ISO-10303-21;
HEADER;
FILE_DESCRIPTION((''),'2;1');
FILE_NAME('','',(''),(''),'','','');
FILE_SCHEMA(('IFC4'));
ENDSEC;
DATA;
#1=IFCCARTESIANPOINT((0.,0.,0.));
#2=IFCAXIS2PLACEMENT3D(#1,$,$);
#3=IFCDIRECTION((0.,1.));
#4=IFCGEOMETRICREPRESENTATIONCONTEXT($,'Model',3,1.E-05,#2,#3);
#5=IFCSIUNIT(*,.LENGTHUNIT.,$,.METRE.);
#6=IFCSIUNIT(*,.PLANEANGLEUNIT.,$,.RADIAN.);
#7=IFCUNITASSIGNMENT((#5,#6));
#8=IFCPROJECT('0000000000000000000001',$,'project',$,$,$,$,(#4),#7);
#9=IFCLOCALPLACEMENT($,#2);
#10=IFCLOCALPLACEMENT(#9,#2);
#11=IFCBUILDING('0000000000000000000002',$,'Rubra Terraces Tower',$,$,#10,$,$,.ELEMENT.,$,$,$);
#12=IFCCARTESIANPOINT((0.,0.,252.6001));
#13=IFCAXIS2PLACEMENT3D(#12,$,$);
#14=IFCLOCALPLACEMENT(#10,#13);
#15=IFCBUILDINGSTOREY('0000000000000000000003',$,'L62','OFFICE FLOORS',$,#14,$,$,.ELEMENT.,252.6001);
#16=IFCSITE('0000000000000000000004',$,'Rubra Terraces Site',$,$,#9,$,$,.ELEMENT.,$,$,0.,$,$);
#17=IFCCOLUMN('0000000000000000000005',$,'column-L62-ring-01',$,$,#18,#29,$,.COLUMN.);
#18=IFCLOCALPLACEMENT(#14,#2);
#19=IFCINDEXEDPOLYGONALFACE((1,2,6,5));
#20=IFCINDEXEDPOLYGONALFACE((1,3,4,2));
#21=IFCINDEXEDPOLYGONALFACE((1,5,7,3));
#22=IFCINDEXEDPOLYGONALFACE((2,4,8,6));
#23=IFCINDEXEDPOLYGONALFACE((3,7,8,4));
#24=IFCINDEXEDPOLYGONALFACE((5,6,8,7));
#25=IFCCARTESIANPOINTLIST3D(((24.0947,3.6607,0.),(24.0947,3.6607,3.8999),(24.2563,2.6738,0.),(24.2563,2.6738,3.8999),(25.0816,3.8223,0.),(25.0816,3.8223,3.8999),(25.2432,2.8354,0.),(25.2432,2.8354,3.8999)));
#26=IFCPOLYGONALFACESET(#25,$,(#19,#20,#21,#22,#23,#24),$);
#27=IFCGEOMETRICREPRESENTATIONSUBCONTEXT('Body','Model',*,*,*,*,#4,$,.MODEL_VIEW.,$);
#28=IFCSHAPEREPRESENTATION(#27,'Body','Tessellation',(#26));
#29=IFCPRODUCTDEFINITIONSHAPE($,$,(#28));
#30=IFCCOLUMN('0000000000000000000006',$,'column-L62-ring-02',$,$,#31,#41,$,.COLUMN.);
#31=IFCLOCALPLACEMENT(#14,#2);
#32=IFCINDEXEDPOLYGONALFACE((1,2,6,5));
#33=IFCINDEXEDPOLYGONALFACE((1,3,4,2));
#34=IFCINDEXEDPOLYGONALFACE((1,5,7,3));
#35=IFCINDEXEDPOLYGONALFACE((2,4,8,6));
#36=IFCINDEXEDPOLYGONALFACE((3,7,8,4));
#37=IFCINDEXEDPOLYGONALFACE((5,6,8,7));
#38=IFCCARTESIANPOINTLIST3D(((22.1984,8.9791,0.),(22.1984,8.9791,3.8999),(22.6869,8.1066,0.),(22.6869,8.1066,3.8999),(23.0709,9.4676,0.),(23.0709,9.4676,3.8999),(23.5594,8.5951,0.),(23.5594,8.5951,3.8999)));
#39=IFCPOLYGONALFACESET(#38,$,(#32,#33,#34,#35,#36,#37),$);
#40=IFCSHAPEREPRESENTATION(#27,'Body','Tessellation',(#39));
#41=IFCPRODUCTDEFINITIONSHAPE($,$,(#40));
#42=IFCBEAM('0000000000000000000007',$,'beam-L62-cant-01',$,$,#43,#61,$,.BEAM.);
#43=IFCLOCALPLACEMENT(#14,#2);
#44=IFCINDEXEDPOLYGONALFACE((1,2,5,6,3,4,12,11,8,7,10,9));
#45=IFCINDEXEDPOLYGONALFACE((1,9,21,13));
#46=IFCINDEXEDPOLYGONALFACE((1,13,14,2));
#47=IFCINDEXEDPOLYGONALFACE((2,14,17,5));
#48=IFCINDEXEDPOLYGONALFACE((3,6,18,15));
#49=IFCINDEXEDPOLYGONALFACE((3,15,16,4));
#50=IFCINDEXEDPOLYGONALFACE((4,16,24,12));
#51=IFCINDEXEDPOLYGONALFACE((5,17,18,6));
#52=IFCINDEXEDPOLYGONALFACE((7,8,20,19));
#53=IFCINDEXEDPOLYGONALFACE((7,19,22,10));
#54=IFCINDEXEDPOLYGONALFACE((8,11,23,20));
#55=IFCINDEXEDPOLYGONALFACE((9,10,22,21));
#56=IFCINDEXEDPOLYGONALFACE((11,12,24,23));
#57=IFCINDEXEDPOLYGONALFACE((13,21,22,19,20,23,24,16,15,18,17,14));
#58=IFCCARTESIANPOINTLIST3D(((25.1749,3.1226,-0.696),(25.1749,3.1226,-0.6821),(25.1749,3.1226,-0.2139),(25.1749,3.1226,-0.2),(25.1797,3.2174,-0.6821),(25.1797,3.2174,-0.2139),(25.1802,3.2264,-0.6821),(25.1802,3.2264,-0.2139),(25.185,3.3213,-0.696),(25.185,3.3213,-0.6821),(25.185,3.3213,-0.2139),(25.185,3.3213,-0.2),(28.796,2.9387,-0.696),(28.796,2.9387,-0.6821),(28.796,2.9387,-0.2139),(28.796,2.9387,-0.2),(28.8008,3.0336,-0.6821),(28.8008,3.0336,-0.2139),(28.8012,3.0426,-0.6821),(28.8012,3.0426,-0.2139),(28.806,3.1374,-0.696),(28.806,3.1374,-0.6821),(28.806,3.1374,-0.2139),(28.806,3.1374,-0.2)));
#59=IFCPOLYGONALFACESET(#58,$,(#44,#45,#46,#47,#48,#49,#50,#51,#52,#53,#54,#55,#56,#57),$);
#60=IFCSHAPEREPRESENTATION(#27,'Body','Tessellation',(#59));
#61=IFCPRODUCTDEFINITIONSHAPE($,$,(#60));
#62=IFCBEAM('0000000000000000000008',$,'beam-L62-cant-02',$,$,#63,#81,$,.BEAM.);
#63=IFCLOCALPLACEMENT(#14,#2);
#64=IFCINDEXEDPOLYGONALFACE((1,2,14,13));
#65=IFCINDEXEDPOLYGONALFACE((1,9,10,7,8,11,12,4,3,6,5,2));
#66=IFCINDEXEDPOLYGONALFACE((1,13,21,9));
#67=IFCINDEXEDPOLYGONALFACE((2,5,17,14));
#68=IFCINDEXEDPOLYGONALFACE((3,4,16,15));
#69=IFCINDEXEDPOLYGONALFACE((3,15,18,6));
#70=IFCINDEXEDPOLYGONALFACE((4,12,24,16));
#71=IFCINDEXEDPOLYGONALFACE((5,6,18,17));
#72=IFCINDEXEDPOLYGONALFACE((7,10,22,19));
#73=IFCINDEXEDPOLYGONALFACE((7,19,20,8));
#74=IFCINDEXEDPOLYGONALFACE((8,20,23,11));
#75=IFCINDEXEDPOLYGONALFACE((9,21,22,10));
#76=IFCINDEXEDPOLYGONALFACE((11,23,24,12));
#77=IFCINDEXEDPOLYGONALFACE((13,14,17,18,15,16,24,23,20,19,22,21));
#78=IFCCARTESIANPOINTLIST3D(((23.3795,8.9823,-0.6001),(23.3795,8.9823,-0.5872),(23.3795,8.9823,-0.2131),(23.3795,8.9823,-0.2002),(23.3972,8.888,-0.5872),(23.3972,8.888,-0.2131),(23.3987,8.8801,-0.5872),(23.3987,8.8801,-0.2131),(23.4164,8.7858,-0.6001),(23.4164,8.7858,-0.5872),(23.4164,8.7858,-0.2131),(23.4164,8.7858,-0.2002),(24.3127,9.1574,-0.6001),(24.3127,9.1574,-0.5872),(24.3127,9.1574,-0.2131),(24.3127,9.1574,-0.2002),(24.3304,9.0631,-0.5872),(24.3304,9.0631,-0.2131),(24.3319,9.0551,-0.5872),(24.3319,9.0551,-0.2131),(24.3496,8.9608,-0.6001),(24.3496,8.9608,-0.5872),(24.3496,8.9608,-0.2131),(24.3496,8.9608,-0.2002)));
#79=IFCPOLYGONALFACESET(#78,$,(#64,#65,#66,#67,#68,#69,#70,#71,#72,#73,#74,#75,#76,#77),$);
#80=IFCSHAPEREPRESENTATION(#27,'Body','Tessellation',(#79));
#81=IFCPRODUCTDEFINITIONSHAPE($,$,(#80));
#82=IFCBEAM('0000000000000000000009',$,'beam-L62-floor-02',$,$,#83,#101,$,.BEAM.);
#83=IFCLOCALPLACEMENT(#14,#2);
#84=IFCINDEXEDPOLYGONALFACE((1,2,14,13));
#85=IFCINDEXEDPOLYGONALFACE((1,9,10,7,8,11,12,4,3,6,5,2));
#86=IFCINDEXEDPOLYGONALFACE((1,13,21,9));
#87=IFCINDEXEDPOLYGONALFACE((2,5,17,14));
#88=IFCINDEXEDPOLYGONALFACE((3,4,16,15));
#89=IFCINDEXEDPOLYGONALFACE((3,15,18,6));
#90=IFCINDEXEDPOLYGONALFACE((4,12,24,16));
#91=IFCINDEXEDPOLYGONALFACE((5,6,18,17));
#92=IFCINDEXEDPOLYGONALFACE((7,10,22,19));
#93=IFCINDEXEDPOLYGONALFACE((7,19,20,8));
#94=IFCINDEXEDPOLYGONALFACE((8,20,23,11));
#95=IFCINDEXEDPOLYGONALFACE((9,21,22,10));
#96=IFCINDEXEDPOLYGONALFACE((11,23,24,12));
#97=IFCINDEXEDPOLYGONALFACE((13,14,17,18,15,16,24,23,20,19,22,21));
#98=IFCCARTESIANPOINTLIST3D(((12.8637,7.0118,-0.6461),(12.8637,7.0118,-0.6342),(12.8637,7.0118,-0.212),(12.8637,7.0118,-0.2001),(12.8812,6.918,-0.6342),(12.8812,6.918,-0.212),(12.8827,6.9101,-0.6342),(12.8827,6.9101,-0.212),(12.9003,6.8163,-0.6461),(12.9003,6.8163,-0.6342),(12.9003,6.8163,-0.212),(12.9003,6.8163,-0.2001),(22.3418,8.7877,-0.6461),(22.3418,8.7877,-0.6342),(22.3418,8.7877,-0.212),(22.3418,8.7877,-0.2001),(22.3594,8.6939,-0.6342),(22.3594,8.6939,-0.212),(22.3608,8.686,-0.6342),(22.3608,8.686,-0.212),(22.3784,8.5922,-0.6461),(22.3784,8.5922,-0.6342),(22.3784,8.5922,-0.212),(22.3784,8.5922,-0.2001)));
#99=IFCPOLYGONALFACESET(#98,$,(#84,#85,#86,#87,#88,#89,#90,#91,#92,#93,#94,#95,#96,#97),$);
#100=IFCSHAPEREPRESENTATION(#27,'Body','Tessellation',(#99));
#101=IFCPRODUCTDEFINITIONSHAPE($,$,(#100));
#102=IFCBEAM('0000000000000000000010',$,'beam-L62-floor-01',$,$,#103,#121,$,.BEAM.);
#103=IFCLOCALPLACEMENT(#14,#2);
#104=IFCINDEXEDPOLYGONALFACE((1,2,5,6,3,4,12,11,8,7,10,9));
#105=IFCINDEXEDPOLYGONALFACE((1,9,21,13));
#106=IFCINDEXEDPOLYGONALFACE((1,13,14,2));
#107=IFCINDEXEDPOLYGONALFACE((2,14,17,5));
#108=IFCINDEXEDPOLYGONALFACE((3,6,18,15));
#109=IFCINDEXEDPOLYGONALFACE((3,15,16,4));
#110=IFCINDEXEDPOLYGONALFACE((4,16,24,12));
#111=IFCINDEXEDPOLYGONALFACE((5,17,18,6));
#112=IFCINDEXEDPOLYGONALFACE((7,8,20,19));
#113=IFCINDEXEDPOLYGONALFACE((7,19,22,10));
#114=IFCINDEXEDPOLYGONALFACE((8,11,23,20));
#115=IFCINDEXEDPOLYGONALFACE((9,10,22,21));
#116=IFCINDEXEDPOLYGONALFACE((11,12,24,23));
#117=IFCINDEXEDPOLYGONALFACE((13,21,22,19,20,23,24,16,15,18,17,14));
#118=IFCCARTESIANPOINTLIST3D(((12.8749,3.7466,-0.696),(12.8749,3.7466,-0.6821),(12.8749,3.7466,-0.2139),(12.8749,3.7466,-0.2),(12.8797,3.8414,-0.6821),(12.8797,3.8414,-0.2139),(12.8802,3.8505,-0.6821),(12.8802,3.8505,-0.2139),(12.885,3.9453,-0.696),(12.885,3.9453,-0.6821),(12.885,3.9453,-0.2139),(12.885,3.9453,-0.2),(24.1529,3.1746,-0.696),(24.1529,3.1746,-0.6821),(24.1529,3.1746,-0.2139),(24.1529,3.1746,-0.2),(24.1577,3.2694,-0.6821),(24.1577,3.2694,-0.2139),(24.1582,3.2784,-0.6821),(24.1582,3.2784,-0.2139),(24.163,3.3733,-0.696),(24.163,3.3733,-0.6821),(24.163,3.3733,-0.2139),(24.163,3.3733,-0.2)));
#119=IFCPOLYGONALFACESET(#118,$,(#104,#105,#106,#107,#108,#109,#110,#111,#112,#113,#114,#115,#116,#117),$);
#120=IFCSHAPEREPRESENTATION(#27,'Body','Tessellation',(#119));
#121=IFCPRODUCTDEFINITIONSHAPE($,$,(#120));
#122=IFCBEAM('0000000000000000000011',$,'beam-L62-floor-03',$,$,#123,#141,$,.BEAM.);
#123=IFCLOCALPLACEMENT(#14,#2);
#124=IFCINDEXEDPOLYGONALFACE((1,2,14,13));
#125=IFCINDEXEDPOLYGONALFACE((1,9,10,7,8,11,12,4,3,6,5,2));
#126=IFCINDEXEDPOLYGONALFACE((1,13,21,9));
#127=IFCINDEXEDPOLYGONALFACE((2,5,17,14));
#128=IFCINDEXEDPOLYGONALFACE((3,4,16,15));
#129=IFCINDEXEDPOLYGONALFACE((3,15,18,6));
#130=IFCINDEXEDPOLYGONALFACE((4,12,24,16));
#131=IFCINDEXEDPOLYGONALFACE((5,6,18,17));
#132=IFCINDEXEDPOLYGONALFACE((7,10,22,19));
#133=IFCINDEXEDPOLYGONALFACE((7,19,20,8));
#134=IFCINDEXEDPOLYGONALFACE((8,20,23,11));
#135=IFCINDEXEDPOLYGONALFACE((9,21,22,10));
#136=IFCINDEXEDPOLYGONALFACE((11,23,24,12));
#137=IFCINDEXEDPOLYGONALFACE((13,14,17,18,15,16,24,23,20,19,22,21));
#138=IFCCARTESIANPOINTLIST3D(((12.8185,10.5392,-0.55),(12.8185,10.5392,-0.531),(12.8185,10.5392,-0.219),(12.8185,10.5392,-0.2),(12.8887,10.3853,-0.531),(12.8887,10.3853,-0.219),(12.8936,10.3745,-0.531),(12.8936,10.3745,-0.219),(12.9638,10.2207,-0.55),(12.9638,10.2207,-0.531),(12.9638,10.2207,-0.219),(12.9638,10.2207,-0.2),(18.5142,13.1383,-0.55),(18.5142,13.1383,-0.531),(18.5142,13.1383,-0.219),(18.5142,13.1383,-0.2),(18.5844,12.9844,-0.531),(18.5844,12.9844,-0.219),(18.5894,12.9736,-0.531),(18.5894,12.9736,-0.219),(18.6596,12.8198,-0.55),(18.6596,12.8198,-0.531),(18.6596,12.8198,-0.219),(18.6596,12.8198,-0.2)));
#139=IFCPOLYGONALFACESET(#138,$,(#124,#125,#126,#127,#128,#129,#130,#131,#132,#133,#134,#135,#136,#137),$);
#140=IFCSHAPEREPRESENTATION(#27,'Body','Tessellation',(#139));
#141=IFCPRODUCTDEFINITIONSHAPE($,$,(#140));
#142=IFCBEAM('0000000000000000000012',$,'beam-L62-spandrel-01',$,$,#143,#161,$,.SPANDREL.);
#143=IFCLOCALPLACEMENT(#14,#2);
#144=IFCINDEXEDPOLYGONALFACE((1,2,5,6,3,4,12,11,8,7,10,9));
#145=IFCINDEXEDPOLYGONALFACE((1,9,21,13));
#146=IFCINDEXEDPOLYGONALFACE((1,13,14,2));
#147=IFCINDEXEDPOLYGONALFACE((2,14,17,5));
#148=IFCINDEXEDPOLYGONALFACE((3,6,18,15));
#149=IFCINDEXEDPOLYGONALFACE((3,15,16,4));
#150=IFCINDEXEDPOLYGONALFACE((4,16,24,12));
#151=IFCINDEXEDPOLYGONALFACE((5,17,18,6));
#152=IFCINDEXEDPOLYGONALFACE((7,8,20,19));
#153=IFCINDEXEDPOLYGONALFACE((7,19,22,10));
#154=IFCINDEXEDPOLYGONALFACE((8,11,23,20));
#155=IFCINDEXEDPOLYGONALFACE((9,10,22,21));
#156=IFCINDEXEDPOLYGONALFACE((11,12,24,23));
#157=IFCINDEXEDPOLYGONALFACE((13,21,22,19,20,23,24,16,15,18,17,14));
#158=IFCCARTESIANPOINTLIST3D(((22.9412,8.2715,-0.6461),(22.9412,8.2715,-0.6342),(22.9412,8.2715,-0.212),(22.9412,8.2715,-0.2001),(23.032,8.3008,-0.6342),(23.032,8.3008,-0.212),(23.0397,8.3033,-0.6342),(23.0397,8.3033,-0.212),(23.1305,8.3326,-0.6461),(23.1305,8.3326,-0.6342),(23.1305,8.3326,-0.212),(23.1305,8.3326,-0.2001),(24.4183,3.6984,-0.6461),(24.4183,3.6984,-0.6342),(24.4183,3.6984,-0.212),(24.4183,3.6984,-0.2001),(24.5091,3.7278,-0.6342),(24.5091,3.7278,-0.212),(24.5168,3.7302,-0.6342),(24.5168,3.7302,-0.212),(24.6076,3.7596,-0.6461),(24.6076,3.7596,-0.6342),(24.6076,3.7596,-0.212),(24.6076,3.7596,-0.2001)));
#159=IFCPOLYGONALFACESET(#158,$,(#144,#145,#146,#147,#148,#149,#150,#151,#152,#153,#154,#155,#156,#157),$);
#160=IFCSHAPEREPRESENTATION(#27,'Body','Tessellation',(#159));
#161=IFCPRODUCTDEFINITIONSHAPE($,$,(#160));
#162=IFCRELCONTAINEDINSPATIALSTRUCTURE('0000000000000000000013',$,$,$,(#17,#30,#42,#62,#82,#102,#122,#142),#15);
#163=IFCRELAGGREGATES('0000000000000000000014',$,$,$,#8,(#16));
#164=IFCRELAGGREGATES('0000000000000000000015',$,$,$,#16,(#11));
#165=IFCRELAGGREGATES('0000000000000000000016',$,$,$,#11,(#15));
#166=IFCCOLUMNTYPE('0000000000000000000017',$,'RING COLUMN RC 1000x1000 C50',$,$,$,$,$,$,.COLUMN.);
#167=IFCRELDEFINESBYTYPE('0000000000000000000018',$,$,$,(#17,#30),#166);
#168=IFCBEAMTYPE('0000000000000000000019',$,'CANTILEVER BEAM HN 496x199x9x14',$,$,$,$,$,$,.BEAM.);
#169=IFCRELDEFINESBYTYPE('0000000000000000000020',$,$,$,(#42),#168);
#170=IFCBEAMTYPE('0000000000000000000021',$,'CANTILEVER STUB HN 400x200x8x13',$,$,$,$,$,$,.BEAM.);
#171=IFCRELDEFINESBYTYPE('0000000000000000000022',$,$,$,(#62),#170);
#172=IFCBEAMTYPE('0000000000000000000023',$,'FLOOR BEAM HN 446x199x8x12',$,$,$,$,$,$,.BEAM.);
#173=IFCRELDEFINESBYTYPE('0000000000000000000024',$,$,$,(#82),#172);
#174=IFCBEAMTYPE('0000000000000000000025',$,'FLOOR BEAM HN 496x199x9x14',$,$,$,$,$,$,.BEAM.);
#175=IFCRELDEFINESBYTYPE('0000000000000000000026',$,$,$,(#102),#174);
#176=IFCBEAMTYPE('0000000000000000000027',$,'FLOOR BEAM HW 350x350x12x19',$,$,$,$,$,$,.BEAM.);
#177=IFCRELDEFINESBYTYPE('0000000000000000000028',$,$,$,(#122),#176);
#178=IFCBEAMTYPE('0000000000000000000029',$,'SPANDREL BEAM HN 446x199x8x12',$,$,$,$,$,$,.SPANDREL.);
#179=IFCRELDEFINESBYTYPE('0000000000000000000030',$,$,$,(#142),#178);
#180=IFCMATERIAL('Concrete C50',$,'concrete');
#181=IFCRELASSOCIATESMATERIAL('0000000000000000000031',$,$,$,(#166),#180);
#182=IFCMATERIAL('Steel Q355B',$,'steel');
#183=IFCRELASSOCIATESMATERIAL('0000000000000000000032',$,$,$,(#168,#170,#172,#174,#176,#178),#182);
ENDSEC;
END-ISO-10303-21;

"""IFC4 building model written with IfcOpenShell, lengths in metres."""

from ifc_helpers import new_model, si_unit, direction, frame, origin, origin_2d, place, context, subcontext, project, spatial, rectangle, i_section, extrude, material, material_profile, profile_set, type_object, element, save


model = new_model("IFC4")

# Units and contexts
model_context = context("Model", 3, precision=1e-05, world=origin(), true_north=direction((0.0, 1.0)))
body_context = subcontext(model_context, "Body", "Model", "MODEL_VIEW")
ifc_project = project(units=[si_unit("LENGTHUNIT", "METRE"), si_unit("PLANEANGLEUNIT", "RADIAN")], contexts=[model_context])

# Site, building, storey
site_placement = place(None, origin())
site = spatial("IfcSite", under=ifc_project, at=site_placement, Name="Rubra Terraces Site", CompositionType="ELEMENT", RefElevation=0.0)
building_placement = place(site_placement, origin())
building = spatial("IfcBuilding", under=site, at=building_placement, Name="Rubra Terraces Tower", CompositionType="ELEMENT")
storey_placement = place(building_placement, frame((0.0, 0.0, 252.6001)))
storey = spatial("IfcBuildingStorey", under=building, at=storey_placement, Name="L62", Description="OFFICE FLOORS", CompositionType="ELEMENT", Elevation=252.6001)

# Columns
ifc_material_1 = material(Name="Concrete C50", Category="concrete")
ifc_material_profile_1 = material_profile(ifc_material_1, rectangle(XDim=1.0, YDim=1.0, at=origin_2d()), Name="RC 1000x1000")
ifc_profile_set_1 = profile_set([ifc_material_profile_1], Name="Concrete C50")
column_type = type_object("IfcColumnType", Name="RING COLUMN RC 1000x1000 C50", PredefinedType="COLUMN", material=ifc_profile_set_1)
for number, where, z_axis, x_axis, name in (
    (1, (24.6689, 3.248, 0.0), (0.0, 0.0, 1.0), (-0.161559, 0.986863, 0.0), "column-L62-ring-01"),
    (2, (22.8789, 8.7871, 0.0), (0.0, 0.0, 1.0), (-0.488526, 0.872549, 0.0), "column-L62-ring-02"),
):
    element("IfcColumn", number, at=place(storey_placement, frame(where, z_axis=z_axis, x_axis=x_axis)), inside=storey, type_object=column_type, Name=name, PredefinedType="COLUMN", context=body_context, shape_type="SweptSolid", body=[
        extrude(rectangle(XDim=1.0, YDim=1.0, at=origin_2d()), origin(), (0.0, 0.0, 1.0), 3.8999),
    ])

# Beams
ifc_material_2 = material(Name="Steel Q355B", Category="steel")
ifc_material_profile_2 = material_profile(ifc_material_2, i_section(OverallWidth=0.199, OverallDepth=0.4961, WebThickness=0.009, FlangeThickness=0.0139, at=origin_2d()), Name="HN 496x199x9x14")
ifc_profile_set_2 = profile_set([ifc_material_profile_2], Name="Steel Q355B")
beam_type_1 = type_object("IfcBeamType", Name="CANTILEVER BEAM HN 496x199x9x14", PredefinedType="BEAM", material=ifc_profile_set_2)
beam_1_placement = place(storey_placement, frame((25.1799, 3.2219, -0.448), z_axis=(0.998714, -0.050703, 0.0), x_axis=(0.050703, 0.998714, 0.0)))
element("IfcBeam", 3, at=beam_1_placement, inside=storey, type_object=beam_type_1, Name="beam-L62-cant-01", PredefinedType="BEAM", context=body_context, shape_type="SweptSolid", body=[
    extrude(i_section(OverallWidth=0.199, OverallDepth=0.4961, WebThickness=0.009, FlangeThickness=0.0139, at=origin_2d()), origin(), (0.0, 0.0, 1.0), 3.6257),
])
ifc_material_profile_3 = material_profile(ifc_material_2, i_section(OverallWidth=0.2, OverallDepth=0.3999, WebThickness=0.0081, FlangeThickness=0.0129, at=origin_2d()), Name="HN 400x200x8x13")
ifc_profile_set_3 = profile_set([ifc_material_profile_3], Name="Steel Q355B")
beam_type_2 = type_object("IfcBeamType", Name="CANTILEVER STUB HN 400x200x8x13", PredefinedType="BEAM", material=ifc_profile_set_3)
beam_2_placement = place(storey_placement, frame((23.3979, 8.884, -0.4001), z_axis=(0.982855, 0.184382, 0.0), x_axis=(-0.184382, 0.982855, 0.0)))
element("IfcBeam", 4, at=beam_2_placement, inside=storey, type_object=beam_type_2, Name="beam-L62-cant-02", PredefinedType="BEAM", context=body_context, shape_type="SweptSolid", body=[
    extrude(i_section(OverallWidth=0.2, OverallDepth=0.3999, WebThickness=0.0081, FlangeThickness=0.0129, at=origin_2d()), origin(), (0.0, 0.0, 1.0), 0.9495),
])
ifc_material_profile_4 = material_profile(ifc_material_2, i_section(OverallWidth=0.199, OverallDepth=0.446, WebThickness=0.0081, FlangeThickness=0.012, at=origin_2d()), Name="HN 446x199x8x12")
ifc_profile_set_4 = profile_set([ifc_material_profile_4], Name="Steel Q355B")
beam_type_3 = type_object("IfcBeamType", Name="FLOOR BEAM HN 446x199x8x12", PredefinedType="BEAM", material=ifc_profile_set_4)
beam_3_placement = place(storey_placement, frame((22.3601, 8.6899, -0.4231), z_axis=(-0.982896, -0.184163, 0.0), x_axis=(0.184163, -0.982896, 0.0)))
element("IfcBeam", 5, at=beam_3_placement, inside=storey, type_object=beam_type_3, Name="beam-L62-floor-02", PredefinedType="BEAM", context=body_context, shape_type="SweptSolid", body=[
    extrude(i_section(OverallWidth=0.199, OverallDepth=0.446, WebThickness=0.0081, FlangeThickness=0.012, at=origin_2d()), origin(), (0.0, 0.0, 1.0), 9.6431),
])
ifc_material_profile_5 = material_profile(ifc_material_2, i_section(OverallWidth=0.199, OverallDepth=0.4961, WebThickness=0.009, FlangeThickness=0.0139, at=origin_2d()), Name="HN 496x199x9x14")
ifc_profile_set_5 = profile_set([ifc_material_profile_5], Name="Steel Q355B")
beam_type_4 = type_object("IfcBeamType", Name="FLOOR BEAM HN 496x199x9x14", PredefinedType="BEAM", material=ifc_profile_set_5)
beam_4_placement = place(storey_placement, frame((24.158, 3.2739, -0.448), z_axis=(-0.998716, 0.050655, 0.0), x_axis=(-0.050655, -0.998716, 0.0)))
element("IfcBeam", 6, at=beam_4_placement, inside=storey, type_object=beam_type_4, Name="beam-L62-floor-01", PredefinedType="BEAM", context=body_context, shape_type="SweptSolid", body=[
    extrude(i_section(OverallWidth=0.199, OverallDepth=0.4961, WebThickness=0.009, FlangeThickness=0.0139, at=origin_2d()), origin(), (0.0, 0.0, 1.0), 11.2925),
])
ifc_material_profile_6 = material_profile(ifc_material_2, i_section(OverallWidth=0.3501, OverallDepth=0.3501, WebThickness=0.012, FlangeThickness=0.019, at=origin_2d()), Name="HW 350x350x12x19")
ifc_profile_set_6 = profile_set([ifc_material_profile_6], Name="Steel Q355B")
beam_type_5 = type_object("IfcBeamType", Name="FLOOR BEAM HW 350x350x12x19", PredefinedType="BEAM", material=ifc_profile_set_6)
beam_5_placement = place(storey_placement, frame((18.5869, 12.979, -0.375), z_axis=(-0.909757, -0.415142, 0.0), x_axis=(0.415142, -0.909757, 0.0)))
element("IfcBeam", 7, at=beam_5_placement, inside=storey, type_object=beam_type_5, Name="beam-L62-floor-03", PredefinedType="BEAM", context=body_context, shape_type="SweptSolid", body=[
    extrude(i_section(OverallWidth=0.3501, OverallDepth=0.3501, WebThickness=0.012, FlangeThickness=0.019, at=origin_2d()), origin(), (0.0, 0.0, 1.0), 6.2607),
])
ifc_material_profile_7 = material_profile(ifc_material_2, i_section(OverallWidth=0.199, OverallDepth=0.446, WebThickness=0.0081, FlangeThickness=0.012, at=origin_2d()), Name="HN 446x199x8x12")
ifc_profile_set_7 = profile_set([ifc_material_profile_7], Name="Steel Q355B")
beam_type_6 = type_object("IfcBeamType", Name="SPANDREL BEAM HN 446x199x8x12", PredefinedType="SPANDREL", material=ifc_profile_set_7)
beam_6_placement = place(storey_placement, frame((24.5129, 3.729, -0.4231), z_axis=(-0.307359, 0.951594, 0.0), x_axis=(-0.951594, -0.307359, 0.0)))
element("IfcBeam", 8, at=beam_6_placement, inside=storey, type_object=beam_type_6, Name="beam-L62-spandrel-01", PredefinedType="SPANDREL", context=body_context, shape_type="SweptSolid", body=[
    extrude(i_section(OverallWidth=0.199, OverallDepth=0.446, WebThickness=0.0081, FlangeThickness=0.012, at=origin_2d()), origin(), (0.0, 0.0, 1.0), 4.8057),
])

save(model, "model.ifc")
